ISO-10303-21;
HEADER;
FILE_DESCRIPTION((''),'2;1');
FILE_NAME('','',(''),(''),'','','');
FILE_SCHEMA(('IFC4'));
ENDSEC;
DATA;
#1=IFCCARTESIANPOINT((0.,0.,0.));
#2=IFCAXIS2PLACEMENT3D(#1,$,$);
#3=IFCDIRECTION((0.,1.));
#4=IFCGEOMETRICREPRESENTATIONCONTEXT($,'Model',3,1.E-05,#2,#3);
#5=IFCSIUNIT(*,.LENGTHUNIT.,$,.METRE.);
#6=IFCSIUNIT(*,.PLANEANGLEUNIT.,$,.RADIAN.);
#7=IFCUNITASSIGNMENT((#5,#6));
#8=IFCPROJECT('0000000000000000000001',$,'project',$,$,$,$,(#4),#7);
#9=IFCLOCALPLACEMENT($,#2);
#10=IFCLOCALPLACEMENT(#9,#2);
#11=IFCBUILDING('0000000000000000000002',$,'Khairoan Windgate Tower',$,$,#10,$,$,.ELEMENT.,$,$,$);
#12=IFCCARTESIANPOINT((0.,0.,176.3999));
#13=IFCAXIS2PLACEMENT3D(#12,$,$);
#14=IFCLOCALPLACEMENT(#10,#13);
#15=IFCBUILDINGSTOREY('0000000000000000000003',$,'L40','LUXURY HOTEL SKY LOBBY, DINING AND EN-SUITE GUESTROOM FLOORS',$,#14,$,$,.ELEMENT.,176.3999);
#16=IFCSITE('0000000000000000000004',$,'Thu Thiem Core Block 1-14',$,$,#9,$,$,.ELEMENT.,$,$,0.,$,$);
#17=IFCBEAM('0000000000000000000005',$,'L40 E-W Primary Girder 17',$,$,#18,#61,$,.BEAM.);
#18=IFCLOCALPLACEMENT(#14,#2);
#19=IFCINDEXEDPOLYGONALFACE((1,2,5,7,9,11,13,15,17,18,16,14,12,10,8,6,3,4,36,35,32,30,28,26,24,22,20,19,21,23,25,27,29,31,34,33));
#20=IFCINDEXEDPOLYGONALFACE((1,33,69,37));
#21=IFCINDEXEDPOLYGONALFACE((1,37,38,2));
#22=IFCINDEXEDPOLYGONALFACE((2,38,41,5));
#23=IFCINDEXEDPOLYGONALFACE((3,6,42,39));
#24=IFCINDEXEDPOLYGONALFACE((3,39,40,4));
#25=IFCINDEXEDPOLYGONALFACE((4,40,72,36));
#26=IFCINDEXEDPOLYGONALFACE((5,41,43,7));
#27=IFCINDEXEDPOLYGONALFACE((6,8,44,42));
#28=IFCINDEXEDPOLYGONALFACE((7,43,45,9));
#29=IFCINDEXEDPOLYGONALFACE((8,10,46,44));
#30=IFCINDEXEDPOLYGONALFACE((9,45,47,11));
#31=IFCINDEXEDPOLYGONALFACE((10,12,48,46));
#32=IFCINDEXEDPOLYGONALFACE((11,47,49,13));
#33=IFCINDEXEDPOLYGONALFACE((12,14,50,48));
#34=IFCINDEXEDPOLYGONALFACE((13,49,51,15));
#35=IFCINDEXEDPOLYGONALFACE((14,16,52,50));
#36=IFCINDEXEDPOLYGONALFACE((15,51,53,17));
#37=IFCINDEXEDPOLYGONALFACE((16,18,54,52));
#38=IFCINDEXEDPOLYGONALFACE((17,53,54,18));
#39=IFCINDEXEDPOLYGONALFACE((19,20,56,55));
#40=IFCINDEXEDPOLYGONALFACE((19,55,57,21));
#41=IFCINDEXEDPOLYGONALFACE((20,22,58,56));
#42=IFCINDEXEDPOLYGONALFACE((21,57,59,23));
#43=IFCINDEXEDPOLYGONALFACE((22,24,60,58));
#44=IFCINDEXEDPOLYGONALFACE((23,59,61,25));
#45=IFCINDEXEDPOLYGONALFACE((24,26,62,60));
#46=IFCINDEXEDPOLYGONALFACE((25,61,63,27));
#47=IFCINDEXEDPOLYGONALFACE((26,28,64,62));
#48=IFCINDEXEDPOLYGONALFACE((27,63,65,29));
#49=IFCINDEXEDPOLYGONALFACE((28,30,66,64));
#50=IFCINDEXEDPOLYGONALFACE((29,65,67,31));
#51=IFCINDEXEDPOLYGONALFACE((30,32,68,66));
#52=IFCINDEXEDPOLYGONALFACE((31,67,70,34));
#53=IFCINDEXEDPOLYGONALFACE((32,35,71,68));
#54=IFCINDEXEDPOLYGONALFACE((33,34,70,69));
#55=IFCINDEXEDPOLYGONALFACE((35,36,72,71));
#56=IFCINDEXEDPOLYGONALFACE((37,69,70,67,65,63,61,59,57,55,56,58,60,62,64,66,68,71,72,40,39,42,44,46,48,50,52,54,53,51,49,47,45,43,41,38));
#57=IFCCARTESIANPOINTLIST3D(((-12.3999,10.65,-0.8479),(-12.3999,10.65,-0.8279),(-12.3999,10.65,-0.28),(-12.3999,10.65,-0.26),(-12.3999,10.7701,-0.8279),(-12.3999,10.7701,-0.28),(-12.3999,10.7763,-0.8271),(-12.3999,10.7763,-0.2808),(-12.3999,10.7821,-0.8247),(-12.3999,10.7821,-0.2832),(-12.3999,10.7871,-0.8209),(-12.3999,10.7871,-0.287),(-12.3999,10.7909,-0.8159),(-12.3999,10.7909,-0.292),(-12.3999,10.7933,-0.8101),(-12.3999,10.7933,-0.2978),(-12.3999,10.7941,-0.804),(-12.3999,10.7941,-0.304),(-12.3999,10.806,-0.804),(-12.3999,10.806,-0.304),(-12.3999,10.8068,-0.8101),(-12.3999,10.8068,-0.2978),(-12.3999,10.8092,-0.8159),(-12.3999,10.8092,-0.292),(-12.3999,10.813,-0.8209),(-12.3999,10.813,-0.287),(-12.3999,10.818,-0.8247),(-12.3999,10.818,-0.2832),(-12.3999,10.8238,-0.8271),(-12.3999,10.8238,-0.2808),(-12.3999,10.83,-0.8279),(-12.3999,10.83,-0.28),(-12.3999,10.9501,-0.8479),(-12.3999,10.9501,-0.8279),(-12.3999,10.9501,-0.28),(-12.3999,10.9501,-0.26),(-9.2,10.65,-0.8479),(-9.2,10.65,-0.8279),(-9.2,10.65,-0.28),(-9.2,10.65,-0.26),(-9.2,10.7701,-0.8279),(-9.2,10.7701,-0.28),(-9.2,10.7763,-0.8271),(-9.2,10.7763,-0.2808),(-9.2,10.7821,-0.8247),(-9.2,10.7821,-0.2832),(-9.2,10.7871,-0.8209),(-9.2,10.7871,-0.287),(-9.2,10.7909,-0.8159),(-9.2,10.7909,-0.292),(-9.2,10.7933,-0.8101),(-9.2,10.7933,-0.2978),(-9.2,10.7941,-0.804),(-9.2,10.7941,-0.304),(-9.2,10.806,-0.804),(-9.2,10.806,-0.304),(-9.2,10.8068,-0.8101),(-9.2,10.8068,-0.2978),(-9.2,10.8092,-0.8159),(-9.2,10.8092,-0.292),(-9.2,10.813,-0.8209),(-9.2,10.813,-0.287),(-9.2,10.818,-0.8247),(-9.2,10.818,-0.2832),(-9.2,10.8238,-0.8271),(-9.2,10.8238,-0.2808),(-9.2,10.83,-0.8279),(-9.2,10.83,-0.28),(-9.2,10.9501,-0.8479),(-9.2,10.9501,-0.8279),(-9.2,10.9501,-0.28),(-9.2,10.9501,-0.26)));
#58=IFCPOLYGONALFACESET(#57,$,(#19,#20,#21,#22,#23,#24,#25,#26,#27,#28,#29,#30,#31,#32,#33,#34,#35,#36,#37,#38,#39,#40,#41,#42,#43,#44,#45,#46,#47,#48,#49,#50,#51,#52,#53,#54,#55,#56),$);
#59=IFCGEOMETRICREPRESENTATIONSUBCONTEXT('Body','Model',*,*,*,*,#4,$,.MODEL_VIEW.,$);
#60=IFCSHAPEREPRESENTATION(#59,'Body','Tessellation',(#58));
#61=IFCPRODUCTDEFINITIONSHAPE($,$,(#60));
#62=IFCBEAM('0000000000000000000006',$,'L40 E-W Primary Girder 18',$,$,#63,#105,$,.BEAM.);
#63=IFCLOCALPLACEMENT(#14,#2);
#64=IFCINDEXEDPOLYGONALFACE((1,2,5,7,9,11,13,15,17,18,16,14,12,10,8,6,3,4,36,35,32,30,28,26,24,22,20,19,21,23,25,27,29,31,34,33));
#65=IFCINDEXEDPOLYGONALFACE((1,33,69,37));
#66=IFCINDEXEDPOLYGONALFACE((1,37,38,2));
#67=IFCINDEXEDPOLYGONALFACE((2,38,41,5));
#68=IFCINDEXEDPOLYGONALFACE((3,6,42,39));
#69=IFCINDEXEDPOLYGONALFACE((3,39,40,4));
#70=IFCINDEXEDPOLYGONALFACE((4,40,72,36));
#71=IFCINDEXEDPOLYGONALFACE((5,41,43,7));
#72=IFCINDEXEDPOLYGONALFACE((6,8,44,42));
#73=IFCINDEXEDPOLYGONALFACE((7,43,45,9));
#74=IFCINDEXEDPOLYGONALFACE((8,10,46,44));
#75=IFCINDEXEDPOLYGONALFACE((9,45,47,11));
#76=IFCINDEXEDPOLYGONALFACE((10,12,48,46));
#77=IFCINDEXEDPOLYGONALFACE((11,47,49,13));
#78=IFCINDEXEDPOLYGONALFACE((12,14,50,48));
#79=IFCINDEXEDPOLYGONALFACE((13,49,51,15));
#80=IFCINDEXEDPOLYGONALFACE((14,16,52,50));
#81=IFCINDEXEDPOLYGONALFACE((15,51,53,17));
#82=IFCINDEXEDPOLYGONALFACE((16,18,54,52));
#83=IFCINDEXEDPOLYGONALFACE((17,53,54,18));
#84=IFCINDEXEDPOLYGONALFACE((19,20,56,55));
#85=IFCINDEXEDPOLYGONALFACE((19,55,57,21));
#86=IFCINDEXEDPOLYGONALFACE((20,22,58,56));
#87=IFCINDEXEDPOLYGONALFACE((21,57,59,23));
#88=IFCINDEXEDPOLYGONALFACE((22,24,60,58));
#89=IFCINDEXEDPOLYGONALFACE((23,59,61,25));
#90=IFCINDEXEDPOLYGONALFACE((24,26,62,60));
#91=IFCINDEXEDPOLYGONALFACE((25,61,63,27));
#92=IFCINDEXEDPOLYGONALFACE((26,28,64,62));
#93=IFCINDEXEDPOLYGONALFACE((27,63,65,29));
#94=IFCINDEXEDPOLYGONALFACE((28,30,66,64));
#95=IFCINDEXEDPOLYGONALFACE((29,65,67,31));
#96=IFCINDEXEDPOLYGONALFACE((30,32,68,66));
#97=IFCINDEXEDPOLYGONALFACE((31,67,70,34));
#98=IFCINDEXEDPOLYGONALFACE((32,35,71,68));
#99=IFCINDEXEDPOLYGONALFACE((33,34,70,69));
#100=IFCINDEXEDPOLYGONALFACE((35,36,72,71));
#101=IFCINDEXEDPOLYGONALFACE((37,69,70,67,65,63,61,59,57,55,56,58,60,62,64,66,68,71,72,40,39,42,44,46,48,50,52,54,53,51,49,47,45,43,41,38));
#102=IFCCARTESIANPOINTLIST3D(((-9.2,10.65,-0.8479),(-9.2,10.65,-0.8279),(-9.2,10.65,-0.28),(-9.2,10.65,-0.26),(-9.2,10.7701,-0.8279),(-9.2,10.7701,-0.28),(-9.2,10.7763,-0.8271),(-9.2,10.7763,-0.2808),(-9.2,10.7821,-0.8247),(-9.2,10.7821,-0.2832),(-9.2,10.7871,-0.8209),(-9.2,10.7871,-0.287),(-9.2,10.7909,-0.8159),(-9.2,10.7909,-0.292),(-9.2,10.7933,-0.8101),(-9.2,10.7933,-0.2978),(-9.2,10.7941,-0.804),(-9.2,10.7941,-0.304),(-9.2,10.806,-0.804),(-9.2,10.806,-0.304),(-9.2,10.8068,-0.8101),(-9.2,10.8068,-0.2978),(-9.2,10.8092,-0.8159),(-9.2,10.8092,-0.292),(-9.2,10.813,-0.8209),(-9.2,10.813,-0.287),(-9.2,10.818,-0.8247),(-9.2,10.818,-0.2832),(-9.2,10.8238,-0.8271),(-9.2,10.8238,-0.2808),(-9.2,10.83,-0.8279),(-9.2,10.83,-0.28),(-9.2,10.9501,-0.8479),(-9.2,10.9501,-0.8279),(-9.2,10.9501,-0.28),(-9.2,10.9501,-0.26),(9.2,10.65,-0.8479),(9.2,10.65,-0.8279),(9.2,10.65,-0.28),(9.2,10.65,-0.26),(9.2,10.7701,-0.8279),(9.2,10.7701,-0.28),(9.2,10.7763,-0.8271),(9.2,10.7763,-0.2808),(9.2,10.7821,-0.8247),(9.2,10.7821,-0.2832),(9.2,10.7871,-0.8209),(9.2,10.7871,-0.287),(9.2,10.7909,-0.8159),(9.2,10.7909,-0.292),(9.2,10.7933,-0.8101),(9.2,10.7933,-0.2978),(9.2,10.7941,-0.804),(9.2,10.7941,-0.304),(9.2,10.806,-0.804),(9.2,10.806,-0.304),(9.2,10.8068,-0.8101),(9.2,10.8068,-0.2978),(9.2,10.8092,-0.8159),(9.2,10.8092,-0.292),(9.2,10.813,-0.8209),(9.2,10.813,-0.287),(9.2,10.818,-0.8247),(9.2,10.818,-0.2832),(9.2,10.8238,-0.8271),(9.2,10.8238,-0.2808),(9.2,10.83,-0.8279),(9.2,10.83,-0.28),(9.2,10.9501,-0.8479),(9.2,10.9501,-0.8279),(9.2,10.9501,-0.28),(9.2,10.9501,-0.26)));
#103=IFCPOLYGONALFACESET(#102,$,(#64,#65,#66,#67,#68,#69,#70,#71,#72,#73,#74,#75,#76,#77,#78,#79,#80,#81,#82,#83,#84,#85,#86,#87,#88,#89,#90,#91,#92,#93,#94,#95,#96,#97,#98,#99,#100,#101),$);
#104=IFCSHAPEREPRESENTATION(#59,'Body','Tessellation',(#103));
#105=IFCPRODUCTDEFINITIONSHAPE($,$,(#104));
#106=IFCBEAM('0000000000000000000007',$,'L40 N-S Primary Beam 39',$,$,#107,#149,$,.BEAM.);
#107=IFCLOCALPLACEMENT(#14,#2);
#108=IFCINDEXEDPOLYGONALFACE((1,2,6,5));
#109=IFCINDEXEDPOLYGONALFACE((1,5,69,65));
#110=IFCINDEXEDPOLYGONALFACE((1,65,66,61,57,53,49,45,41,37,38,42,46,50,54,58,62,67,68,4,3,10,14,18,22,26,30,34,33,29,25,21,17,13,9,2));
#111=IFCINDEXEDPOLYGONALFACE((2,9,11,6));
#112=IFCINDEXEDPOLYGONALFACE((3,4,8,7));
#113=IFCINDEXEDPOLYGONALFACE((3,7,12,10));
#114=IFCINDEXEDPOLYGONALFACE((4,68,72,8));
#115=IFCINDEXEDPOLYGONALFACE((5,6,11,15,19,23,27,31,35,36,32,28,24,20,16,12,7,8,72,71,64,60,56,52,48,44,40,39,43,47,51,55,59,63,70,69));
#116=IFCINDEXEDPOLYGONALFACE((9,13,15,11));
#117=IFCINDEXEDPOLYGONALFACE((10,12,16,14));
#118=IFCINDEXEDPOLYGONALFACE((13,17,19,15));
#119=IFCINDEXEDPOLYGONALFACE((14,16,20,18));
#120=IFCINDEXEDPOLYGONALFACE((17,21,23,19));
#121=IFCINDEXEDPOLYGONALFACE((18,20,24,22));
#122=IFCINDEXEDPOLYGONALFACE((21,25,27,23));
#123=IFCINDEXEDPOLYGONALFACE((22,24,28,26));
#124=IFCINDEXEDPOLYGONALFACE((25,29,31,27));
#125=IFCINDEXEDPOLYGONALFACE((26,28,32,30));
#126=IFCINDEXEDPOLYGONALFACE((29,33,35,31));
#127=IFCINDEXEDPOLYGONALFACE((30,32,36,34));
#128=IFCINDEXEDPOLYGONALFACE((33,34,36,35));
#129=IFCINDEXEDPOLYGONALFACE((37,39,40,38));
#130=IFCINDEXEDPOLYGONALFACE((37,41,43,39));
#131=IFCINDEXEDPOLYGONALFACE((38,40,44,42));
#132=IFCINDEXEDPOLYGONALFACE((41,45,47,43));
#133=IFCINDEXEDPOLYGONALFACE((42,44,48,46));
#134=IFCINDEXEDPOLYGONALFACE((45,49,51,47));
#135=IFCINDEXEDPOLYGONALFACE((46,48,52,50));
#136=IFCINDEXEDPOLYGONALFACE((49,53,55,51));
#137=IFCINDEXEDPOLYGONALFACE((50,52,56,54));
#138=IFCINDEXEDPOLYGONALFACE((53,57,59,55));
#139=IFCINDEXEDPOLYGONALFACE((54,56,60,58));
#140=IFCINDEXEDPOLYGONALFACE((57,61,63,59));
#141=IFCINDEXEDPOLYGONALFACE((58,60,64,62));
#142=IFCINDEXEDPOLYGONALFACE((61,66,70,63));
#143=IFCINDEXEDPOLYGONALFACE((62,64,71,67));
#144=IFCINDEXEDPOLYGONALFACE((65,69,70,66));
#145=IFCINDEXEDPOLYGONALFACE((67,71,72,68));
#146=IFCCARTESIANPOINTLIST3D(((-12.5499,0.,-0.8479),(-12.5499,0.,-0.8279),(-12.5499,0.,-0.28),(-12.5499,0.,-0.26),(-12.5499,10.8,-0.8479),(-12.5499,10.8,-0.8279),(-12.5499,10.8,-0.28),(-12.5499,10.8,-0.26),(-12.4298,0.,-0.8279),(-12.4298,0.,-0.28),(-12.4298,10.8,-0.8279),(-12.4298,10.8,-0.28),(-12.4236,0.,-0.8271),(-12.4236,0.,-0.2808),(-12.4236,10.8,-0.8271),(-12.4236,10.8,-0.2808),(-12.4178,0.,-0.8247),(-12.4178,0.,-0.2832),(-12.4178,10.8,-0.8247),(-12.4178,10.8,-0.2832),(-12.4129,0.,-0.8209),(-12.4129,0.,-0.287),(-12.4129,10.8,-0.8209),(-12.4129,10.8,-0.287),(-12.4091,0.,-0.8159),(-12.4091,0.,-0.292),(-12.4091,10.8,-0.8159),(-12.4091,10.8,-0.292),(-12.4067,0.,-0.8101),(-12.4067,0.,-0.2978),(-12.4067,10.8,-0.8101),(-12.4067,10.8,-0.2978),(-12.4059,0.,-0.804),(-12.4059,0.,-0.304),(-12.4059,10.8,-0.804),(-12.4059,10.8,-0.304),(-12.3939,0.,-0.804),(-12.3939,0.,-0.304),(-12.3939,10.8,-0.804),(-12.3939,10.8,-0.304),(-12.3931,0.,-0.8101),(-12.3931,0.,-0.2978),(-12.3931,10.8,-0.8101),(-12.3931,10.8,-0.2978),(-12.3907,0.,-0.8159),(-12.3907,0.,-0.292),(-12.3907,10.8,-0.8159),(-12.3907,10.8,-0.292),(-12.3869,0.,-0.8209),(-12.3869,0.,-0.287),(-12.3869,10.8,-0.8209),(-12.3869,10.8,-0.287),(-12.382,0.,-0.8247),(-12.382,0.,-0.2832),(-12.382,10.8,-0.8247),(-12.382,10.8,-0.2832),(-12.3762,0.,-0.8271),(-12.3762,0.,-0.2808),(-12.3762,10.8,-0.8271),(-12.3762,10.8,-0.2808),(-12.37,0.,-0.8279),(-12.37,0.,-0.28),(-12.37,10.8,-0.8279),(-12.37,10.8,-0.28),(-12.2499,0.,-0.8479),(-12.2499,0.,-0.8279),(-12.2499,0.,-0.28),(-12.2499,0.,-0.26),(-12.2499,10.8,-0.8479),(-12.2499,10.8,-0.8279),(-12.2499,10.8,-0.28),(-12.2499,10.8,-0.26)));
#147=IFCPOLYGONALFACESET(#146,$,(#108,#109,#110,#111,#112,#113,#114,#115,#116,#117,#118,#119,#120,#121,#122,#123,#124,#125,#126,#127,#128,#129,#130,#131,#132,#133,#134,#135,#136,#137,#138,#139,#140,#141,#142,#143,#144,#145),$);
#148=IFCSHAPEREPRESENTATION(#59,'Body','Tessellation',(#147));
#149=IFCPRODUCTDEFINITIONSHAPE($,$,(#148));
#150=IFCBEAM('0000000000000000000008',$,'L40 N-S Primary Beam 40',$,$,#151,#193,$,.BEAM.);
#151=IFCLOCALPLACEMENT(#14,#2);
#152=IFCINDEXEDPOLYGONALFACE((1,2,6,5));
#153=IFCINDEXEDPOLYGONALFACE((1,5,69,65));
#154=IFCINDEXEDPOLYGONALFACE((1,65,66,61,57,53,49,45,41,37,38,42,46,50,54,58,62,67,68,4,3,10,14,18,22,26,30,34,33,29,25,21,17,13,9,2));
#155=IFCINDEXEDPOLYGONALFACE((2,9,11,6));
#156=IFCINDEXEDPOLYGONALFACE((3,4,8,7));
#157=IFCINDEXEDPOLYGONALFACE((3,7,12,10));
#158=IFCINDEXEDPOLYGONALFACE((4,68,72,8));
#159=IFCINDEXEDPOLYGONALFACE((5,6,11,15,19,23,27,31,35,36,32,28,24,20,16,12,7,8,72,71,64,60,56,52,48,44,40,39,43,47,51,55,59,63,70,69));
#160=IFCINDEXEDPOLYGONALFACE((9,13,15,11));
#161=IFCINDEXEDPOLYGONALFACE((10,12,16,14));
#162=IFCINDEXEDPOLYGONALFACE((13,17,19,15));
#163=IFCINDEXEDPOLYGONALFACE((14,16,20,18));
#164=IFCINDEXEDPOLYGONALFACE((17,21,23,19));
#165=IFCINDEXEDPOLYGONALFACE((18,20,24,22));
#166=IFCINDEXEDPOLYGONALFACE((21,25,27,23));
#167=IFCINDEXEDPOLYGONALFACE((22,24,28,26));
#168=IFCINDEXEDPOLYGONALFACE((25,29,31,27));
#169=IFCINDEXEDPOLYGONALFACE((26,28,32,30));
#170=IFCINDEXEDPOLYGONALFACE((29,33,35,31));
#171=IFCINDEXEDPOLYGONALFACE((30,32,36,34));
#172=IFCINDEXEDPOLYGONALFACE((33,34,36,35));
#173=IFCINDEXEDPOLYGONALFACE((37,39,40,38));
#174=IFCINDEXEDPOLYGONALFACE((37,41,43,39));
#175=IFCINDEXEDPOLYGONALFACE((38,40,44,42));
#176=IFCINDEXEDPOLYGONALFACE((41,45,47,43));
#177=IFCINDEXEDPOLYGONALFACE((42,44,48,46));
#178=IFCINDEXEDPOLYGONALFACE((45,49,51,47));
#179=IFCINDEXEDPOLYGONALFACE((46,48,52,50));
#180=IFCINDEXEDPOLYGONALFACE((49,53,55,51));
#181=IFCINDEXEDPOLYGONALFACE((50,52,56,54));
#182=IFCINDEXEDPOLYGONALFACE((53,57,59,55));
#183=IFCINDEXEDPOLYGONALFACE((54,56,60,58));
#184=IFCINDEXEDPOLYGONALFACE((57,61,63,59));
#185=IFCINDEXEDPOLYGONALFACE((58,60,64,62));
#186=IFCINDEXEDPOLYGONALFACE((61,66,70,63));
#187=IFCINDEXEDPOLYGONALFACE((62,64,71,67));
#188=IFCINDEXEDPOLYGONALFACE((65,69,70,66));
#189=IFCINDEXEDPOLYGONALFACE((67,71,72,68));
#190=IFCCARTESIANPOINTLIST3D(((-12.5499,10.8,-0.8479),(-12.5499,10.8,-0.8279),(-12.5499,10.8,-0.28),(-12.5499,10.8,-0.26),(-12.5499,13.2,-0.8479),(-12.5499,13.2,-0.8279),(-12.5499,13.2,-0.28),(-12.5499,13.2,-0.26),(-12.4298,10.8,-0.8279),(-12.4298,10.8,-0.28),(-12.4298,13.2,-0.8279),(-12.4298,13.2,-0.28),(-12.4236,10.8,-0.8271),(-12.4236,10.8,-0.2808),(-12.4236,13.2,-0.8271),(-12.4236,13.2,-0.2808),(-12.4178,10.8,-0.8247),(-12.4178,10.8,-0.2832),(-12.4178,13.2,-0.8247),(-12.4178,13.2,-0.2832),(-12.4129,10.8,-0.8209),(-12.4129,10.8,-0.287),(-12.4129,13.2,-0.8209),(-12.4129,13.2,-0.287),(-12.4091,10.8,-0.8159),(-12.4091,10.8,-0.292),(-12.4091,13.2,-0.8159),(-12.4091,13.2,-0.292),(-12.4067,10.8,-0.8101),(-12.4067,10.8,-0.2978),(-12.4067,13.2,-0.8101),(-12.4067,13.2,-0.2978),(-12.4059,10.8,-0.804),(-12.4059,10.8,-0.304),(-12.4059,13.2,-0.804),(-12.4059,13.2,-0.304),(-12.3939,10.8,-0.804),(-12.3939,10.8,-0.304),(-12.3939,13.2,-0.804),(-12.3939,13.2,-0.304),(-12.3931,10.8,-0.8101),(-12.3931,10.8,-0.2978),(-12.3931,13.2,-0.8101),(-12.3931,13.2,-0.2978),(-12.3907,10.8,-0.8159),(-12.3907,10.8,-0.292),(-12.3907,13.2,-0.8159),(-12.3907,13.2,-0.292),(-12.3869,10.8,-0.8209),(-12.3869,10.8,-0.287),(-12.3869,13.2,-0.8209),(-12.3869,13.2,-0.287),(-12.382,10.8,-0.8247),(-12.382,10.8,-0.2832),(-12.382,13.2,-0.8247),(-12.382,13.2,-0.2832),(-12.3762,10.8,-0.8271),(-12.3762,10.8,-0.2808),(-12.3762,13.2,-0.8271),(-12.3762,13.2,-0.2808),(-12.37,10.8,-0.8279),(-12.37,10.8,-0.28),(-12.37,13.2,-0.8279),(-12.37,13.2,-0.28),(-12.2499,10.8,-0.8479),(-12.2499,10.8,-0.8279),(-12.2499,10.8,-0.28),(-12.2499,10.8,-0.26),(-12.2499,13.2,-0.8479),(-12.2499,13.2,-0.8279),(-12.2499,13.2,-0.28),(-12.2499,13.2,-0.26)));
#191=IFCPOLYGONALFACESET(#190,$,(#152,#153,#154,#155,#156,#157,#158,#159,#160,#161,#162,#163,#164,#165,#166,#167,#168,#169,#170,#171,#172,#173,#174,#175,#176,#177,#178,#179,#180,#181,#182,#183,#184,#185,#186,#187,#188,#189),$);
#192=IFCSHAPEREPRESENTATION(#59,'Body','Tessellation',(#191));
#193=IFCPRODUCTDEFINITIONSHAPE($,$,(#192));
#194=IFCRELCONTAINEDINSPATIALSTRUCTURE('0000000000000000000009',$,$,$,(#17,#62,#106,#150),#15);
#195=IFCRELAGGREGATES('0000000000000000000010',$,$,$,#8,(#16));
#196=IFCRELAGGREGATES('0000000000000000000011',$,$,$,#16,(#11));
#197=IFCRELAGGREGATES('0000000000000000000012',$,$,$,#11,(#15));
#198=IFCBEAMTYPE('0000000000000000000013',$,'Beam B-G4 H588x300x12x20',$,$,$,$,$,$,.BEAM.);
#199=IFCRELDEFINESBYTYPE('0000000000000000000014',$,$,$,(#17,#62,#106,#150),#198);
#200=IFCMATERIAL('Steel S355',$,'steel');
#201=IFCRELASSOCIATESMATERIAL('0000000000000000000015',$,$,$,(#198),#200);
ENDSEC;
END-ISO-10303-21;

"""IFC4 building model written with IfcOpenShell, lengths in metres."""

from ifc_helpers import new_model, si_unit, direction, frame, origin, origin_2d, place, context, subcontext, project, spatial, i_section, extrude, material, material_profile, profile_set, type_object, element, save


model = new_model("IFC4")

# Units and contexts
model_context = context("Model", 3, precision=1e-05, world=origin(), true_north=direction((0.0, 1.0)))
body_context = subcontext(model_context, "Body", "Model", "MODEL_VIEW")
ifc_project = project(units=[si_unit("LENGTHUNIT", "METRE"), si_unit("PLANEANGLEUNIT", "RADIAN")], contexts=[model_context])

# Site, building, storey
site_placement = place(None, origin())
site = spatial("IfcSite", under=ifc_project, at=site_placement, Name="Thu Thiem Core Block 1-14", CompositionType="ELEMENT", RefElevation=0.0)
building_placement = place(site_placement, origin())
building = spatial("IfcBuilding", under=site, at=building_placement, Name="Khairoan Windgate Tower", CompositionType="ELEMENT")
storey_placement = place(building_placement, frame((0.0, 0.0, 176.3999)))
storey = spatial("IfcBuildingStorey", under=building, at=storey_placement, Name="L40", Description="LUXURY HOTEL SKY LOBBY, DINING AND EN-SUITE GUESTROOM FLOORS", CompositionType="ELEMENT", Elevation=176.3999)

# Beams
ifc_material_1 = material(Name="Steel S355", Category="steel")
ifc_material_profile_1 = material_profile(ifc_material_1, i_section(OverallWidth=0.3, OverallDepth=0.5879, WebThickness=0.012, FlangeThickness=0.02, FilletRadius=0.0239, at=origin_2d()))
ifc_profile_set_1 = profile_set([ifc_material_profile_1], Name="Steel S355")
beam_type = type_object("IfcBeamType", Name="Beam B-G4 H588x300x12x20", PredefinedType="BEAM", material=ifc_profile_set_1)
beam_1_placement = place(storey_placement, frame((-12.3999, 10.8, -0.554), z_axis=(1.0, 0.0, 0.0), x_axis=(0.0, 1.0, 0.0)))
element("IfcBeam", 1, at=beam_1_placement, inside=storey, type_object=beam_type, Name="L40 E-W Primary Girder 17", PredefinedType="BEAM", context=body_context, shape_type="SweptSolid", body=[
    extrude(i_section(OverallWidth=0.3, OverallDepth=0.5879, WebThickness=0.012, FlangeThickness=0.02, FilletRadius=0.0239, at=origin_2d()), origin(), (0.0, 0.0, 1.0), 3.2),
])
beam_2_placement = place(storey_placement, frame((-9.2, 10.8, -0.554), z_axis=(1.0, 0.0, 0.0), x_axis=(0.0, 1.0, 0.0)))
element("IfcBeam", 2, at=beam_2_placement, inside=storey, type_object=beam_type, Name="L40 E-W Primary Girder 18", PredefinedType="BEAM", context=body_context, shape_type="SweptSolid", body=[
    extrude(i_section(OverallWidth=0.3, OverallDepth=0.5879, WebThickness=0.012, FlangeThickness=0.02, FilletRadius=0.0239, at=origin_2d()), origin(), (0.0, 0.0, 1.0), 18.3999),
])
beam_3_placement = place(storey_placement, frame((-12.3999, 0.0, -0.554), z_axis=(0.0, 1.0, 0.0), x_axis=(-1.0, 0.0, 0.0)))
element("IfcBeam", 3, at=beam_3_placement, inside=storey, type_object=beam_type, Name="L40 N-S Primary Beam 39", PredefinedType="BEAM", context=body_context, shape_type="SweptSolid", body=[
    extrude(i_section(OverallWidth=0.3, OverallDepth=0.5879, WebThickness=0.012, FlangeThickness=0.02, FilletRadius=0.0239, at=origin_2d()), origin(), (0.0, 0.0, 1.0), 10.8),
])
beam_4_placement = place(storey_placement, frame((-12.3999, 10.8, -0.554), z_axis=(0.0, 1.0, 0.0), x_axis=(-1.0, 0.0, 0.0)))
element("IfcBeam", 4, at=beam_4_placement, inside=storey, type_object=beam_type, Name="L40 N-S Primary Beam 40", PredefinedType="BEAM", context=body_context, shape_type="SweptSolid", body=[
    extrude(i_section(OverallWidth=0.3, OverallDepth=0.5879, WebThickness=0.012, FlangeThickness=0.02, FilletRadius=0.0239, at=origin_2d()), origin(), (0.0, 0.0, 1.0), 2.3999),
])

save(model, "model.ifc")
